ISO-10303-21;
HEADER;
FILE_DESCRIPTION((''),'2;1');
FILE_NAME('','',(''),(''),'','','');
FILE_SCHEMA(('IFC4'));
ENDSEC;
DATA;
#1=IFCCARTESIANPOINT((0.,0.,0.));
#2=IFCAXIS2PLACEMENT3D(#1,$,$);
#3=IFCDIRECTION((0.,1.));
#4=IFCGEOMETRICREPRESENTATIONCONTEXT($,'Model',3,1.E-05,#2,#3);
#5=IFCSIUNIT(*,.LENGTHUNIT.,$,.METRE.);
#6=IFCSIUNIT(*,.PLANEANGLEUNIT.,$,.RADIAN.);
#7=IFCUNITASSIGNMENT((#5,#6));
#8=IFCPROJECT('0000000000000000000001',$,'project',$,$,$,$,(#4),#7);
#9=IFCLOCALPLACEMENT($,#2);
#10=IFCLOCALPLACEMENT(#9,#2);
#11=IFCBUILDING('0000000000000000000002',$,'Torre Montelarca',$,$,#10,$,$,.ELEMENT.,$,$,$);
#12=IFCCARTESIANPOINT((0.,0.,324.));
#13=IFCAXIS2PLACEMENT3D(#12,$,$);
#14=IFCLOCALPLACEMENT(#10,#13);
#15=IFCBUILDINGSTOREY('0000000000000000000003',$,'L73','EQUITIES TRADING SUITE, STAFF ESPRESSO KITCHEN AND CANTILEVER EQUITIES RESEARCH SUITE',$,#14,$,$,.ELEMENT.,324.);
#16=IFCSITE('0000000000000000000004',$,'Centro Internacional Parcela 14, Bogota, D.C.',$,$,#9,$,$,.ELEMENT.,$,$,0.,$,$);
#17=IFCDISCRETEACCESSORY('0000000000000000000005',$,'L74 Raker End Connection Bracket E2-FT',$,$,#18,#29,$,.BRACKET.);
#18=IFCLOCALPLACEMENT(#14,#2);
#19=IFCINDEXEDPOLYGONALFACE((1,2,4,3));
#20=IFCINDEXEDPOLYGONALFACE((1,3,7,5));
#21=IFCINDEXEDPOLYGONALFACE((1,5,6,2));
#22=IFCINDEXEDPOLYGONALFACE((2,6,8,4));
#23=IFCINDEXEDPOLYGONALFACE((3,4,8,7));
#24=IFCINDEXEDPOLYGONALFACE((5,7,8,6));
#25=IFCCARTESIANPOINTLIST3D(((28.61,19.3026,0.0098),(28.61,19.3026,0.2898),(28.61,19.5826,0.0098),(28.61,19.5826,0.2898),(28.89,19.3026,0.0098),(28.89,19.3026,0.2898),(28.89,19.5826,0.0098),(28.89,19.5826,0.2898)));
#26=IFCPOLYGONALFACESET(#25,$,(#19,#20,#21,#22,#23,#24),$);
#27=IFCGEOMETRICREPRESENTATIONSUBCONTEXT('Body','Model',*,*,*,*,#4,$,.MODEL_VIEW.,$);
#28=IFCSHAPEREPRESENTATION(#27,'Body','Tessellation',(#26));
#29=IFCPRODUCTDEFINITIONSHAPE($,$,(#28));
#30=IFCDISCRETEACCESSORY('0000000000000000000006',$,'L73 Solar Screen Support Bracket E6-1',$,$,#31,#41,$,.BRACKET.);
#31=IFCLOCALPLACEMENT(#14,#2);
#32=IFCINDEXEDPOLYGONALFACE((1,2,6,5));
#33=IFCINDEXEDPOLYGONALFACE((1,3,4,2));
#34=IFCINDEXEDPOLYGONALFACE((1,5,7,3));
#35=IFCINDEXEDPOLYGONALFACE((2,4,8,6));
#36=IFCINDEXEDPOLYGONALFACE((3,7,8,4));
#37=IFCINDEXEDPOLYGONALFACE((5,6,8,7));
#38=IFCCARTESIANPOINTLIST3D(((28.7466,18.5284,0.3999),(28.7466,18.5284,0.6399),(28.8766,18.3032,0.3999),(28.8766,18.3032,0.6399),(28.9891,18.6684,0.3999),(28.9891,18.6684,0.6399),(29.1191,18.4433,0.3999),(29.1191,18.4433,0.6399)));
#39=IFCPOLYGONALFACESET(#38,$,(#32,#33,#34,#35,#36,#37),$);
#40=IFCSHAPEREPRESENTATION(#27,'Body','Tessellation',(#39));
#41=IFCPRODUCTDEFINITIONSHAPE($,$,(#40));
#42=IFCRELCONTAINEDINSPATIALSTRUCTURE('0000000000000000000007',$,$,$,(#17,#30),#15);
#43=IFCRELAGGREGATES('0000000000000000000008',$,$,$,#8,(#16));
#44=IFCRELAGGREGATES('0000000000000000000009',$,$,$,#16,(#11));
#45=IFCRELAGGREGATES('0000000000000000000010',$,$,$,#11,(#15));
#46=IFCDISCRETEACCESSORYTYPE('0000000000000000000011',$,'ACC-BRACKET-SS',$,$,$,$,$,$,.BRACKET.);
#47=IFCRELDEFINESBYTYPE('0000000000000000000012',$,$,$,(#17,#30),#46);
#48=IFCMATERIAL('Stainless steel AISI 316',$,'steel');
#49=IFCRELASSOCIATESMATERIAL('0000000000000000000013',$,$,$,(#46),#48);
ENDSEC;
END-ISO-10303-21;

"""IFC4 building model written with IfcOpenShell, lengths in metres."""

from ifc_helpers import new_model, si_unit, direction, frame, origin, origin_2d, place, context, subcontext, project, spatial, rectangle, extrude, source, transform, mapped, material, type_object, element, save


model = new_model("IFC4")

# Units and contexts
model_context = context("Model", 3, precision=1e-05, world=origin(), true_north=direction((0.0, 1.0)))
body_context = subcontext(model_context, "Body", "Model", "MODEL_VIEW")
ifc_project = project(units=[si_unit("LENGTHUNIT", "METRE"), si_unit("PLANEANGLEUNIT", "RADIAN")], contexts=[model_context])

# Site, building, storey
site_placement = place(None, origin())
site = spatial("IfcSite", under=ifc_project, at=site_placement, Name="Centro Internacional Parcela 14, Bogota, D.C.", CompositionType="ELEMENT", RefElevation=0.0)
building_placement = place(site_placement, origin())
building = spatial("IfcBuilding", under=site, at=building_placement, Name="Torre Montelarca", CompositionType="ELEMENT")
storey_placement = place(building_placement, frame((0.0, 0.0, 324.0)))
storey = spatial("IfcBuildingStorey", under=building, at=storey_placement, Name="L73", Description="EQUITIES TRADING SUITE, STAFF ESPRESSO KITCHEN AND CANTILEVER EQUITIES RESEARCH SUITE", CompositionType="ELEMENT", Elevation=324.0)

# Discrete accessories
ifc_material_1 = material(Name="Stainless steel AISI 316", Category="steel")
discrete_accessory_type = type_object("IfcDiscreteAccessoryType", Name="ACC-BRACKET-SS", PredefinedType="BRACKET", material=ifc_material_1)
shared_shape_1 = source(origin(), body_context, "Body", "SweptSolid", [
    extrude(rectangle(XDim=0.28, YDim=0.28, at=origin_2d()), origin(), (0.0, 0.0, 1.0), 0.28),
])
for number, where, z_axis, x_axis, name in (
    (1, (28.75, 19.4426, 0.0098), (0.0, 0.0, 1.0), (1.0, 0.0, 0.0), "L74 Raker End Connection Bracket E2-FT"),
):
    element("IfcDiscreteAccessory", number, at=place(storey_placement, frame(where, z_axis=z_axis, x_axis=x_axis)), inside=storey, type_object=discrete_accessory_type, Name=name, PredefinedType="BRACKET", context=body_context, shape_type="MappedRepresentation", body=[
        mapped(shared_shape_1, transform((0.0, 0.0, 0.0), scale=1.0)),
    ])
shared_shape_2 = source(origin(), body_context, "Body", "SweptSolid", [
    extrude(rectangle(XDim=0.28, YDim=0.26, at=origin_2d()), origin(), (0.0, 0.0, 1.0), 0.24),
])
discrete_accessory_placement = place(storey_placement, frame((28.9329, 18.4858, 0.3999), z_axis=(0.0, 0.0, 1.0), x_axis=(0.866025, 0.5, 0.0)))
element("IfcDiscreteAccessory", 2, at=discrete_accessory_placement, inside=storey, type_object=discrete_accessory_type, Name="L73 Solar Screen Support Bracket E6-1", PredefinedType="BRACKET", context=body_context, shape_type="MappedRepresentation", body=[
    mapped(shared_shape_2, transform((0.0, 0.0, 0.0), scale=1.0)),
])

save(model, "model.ifc")
